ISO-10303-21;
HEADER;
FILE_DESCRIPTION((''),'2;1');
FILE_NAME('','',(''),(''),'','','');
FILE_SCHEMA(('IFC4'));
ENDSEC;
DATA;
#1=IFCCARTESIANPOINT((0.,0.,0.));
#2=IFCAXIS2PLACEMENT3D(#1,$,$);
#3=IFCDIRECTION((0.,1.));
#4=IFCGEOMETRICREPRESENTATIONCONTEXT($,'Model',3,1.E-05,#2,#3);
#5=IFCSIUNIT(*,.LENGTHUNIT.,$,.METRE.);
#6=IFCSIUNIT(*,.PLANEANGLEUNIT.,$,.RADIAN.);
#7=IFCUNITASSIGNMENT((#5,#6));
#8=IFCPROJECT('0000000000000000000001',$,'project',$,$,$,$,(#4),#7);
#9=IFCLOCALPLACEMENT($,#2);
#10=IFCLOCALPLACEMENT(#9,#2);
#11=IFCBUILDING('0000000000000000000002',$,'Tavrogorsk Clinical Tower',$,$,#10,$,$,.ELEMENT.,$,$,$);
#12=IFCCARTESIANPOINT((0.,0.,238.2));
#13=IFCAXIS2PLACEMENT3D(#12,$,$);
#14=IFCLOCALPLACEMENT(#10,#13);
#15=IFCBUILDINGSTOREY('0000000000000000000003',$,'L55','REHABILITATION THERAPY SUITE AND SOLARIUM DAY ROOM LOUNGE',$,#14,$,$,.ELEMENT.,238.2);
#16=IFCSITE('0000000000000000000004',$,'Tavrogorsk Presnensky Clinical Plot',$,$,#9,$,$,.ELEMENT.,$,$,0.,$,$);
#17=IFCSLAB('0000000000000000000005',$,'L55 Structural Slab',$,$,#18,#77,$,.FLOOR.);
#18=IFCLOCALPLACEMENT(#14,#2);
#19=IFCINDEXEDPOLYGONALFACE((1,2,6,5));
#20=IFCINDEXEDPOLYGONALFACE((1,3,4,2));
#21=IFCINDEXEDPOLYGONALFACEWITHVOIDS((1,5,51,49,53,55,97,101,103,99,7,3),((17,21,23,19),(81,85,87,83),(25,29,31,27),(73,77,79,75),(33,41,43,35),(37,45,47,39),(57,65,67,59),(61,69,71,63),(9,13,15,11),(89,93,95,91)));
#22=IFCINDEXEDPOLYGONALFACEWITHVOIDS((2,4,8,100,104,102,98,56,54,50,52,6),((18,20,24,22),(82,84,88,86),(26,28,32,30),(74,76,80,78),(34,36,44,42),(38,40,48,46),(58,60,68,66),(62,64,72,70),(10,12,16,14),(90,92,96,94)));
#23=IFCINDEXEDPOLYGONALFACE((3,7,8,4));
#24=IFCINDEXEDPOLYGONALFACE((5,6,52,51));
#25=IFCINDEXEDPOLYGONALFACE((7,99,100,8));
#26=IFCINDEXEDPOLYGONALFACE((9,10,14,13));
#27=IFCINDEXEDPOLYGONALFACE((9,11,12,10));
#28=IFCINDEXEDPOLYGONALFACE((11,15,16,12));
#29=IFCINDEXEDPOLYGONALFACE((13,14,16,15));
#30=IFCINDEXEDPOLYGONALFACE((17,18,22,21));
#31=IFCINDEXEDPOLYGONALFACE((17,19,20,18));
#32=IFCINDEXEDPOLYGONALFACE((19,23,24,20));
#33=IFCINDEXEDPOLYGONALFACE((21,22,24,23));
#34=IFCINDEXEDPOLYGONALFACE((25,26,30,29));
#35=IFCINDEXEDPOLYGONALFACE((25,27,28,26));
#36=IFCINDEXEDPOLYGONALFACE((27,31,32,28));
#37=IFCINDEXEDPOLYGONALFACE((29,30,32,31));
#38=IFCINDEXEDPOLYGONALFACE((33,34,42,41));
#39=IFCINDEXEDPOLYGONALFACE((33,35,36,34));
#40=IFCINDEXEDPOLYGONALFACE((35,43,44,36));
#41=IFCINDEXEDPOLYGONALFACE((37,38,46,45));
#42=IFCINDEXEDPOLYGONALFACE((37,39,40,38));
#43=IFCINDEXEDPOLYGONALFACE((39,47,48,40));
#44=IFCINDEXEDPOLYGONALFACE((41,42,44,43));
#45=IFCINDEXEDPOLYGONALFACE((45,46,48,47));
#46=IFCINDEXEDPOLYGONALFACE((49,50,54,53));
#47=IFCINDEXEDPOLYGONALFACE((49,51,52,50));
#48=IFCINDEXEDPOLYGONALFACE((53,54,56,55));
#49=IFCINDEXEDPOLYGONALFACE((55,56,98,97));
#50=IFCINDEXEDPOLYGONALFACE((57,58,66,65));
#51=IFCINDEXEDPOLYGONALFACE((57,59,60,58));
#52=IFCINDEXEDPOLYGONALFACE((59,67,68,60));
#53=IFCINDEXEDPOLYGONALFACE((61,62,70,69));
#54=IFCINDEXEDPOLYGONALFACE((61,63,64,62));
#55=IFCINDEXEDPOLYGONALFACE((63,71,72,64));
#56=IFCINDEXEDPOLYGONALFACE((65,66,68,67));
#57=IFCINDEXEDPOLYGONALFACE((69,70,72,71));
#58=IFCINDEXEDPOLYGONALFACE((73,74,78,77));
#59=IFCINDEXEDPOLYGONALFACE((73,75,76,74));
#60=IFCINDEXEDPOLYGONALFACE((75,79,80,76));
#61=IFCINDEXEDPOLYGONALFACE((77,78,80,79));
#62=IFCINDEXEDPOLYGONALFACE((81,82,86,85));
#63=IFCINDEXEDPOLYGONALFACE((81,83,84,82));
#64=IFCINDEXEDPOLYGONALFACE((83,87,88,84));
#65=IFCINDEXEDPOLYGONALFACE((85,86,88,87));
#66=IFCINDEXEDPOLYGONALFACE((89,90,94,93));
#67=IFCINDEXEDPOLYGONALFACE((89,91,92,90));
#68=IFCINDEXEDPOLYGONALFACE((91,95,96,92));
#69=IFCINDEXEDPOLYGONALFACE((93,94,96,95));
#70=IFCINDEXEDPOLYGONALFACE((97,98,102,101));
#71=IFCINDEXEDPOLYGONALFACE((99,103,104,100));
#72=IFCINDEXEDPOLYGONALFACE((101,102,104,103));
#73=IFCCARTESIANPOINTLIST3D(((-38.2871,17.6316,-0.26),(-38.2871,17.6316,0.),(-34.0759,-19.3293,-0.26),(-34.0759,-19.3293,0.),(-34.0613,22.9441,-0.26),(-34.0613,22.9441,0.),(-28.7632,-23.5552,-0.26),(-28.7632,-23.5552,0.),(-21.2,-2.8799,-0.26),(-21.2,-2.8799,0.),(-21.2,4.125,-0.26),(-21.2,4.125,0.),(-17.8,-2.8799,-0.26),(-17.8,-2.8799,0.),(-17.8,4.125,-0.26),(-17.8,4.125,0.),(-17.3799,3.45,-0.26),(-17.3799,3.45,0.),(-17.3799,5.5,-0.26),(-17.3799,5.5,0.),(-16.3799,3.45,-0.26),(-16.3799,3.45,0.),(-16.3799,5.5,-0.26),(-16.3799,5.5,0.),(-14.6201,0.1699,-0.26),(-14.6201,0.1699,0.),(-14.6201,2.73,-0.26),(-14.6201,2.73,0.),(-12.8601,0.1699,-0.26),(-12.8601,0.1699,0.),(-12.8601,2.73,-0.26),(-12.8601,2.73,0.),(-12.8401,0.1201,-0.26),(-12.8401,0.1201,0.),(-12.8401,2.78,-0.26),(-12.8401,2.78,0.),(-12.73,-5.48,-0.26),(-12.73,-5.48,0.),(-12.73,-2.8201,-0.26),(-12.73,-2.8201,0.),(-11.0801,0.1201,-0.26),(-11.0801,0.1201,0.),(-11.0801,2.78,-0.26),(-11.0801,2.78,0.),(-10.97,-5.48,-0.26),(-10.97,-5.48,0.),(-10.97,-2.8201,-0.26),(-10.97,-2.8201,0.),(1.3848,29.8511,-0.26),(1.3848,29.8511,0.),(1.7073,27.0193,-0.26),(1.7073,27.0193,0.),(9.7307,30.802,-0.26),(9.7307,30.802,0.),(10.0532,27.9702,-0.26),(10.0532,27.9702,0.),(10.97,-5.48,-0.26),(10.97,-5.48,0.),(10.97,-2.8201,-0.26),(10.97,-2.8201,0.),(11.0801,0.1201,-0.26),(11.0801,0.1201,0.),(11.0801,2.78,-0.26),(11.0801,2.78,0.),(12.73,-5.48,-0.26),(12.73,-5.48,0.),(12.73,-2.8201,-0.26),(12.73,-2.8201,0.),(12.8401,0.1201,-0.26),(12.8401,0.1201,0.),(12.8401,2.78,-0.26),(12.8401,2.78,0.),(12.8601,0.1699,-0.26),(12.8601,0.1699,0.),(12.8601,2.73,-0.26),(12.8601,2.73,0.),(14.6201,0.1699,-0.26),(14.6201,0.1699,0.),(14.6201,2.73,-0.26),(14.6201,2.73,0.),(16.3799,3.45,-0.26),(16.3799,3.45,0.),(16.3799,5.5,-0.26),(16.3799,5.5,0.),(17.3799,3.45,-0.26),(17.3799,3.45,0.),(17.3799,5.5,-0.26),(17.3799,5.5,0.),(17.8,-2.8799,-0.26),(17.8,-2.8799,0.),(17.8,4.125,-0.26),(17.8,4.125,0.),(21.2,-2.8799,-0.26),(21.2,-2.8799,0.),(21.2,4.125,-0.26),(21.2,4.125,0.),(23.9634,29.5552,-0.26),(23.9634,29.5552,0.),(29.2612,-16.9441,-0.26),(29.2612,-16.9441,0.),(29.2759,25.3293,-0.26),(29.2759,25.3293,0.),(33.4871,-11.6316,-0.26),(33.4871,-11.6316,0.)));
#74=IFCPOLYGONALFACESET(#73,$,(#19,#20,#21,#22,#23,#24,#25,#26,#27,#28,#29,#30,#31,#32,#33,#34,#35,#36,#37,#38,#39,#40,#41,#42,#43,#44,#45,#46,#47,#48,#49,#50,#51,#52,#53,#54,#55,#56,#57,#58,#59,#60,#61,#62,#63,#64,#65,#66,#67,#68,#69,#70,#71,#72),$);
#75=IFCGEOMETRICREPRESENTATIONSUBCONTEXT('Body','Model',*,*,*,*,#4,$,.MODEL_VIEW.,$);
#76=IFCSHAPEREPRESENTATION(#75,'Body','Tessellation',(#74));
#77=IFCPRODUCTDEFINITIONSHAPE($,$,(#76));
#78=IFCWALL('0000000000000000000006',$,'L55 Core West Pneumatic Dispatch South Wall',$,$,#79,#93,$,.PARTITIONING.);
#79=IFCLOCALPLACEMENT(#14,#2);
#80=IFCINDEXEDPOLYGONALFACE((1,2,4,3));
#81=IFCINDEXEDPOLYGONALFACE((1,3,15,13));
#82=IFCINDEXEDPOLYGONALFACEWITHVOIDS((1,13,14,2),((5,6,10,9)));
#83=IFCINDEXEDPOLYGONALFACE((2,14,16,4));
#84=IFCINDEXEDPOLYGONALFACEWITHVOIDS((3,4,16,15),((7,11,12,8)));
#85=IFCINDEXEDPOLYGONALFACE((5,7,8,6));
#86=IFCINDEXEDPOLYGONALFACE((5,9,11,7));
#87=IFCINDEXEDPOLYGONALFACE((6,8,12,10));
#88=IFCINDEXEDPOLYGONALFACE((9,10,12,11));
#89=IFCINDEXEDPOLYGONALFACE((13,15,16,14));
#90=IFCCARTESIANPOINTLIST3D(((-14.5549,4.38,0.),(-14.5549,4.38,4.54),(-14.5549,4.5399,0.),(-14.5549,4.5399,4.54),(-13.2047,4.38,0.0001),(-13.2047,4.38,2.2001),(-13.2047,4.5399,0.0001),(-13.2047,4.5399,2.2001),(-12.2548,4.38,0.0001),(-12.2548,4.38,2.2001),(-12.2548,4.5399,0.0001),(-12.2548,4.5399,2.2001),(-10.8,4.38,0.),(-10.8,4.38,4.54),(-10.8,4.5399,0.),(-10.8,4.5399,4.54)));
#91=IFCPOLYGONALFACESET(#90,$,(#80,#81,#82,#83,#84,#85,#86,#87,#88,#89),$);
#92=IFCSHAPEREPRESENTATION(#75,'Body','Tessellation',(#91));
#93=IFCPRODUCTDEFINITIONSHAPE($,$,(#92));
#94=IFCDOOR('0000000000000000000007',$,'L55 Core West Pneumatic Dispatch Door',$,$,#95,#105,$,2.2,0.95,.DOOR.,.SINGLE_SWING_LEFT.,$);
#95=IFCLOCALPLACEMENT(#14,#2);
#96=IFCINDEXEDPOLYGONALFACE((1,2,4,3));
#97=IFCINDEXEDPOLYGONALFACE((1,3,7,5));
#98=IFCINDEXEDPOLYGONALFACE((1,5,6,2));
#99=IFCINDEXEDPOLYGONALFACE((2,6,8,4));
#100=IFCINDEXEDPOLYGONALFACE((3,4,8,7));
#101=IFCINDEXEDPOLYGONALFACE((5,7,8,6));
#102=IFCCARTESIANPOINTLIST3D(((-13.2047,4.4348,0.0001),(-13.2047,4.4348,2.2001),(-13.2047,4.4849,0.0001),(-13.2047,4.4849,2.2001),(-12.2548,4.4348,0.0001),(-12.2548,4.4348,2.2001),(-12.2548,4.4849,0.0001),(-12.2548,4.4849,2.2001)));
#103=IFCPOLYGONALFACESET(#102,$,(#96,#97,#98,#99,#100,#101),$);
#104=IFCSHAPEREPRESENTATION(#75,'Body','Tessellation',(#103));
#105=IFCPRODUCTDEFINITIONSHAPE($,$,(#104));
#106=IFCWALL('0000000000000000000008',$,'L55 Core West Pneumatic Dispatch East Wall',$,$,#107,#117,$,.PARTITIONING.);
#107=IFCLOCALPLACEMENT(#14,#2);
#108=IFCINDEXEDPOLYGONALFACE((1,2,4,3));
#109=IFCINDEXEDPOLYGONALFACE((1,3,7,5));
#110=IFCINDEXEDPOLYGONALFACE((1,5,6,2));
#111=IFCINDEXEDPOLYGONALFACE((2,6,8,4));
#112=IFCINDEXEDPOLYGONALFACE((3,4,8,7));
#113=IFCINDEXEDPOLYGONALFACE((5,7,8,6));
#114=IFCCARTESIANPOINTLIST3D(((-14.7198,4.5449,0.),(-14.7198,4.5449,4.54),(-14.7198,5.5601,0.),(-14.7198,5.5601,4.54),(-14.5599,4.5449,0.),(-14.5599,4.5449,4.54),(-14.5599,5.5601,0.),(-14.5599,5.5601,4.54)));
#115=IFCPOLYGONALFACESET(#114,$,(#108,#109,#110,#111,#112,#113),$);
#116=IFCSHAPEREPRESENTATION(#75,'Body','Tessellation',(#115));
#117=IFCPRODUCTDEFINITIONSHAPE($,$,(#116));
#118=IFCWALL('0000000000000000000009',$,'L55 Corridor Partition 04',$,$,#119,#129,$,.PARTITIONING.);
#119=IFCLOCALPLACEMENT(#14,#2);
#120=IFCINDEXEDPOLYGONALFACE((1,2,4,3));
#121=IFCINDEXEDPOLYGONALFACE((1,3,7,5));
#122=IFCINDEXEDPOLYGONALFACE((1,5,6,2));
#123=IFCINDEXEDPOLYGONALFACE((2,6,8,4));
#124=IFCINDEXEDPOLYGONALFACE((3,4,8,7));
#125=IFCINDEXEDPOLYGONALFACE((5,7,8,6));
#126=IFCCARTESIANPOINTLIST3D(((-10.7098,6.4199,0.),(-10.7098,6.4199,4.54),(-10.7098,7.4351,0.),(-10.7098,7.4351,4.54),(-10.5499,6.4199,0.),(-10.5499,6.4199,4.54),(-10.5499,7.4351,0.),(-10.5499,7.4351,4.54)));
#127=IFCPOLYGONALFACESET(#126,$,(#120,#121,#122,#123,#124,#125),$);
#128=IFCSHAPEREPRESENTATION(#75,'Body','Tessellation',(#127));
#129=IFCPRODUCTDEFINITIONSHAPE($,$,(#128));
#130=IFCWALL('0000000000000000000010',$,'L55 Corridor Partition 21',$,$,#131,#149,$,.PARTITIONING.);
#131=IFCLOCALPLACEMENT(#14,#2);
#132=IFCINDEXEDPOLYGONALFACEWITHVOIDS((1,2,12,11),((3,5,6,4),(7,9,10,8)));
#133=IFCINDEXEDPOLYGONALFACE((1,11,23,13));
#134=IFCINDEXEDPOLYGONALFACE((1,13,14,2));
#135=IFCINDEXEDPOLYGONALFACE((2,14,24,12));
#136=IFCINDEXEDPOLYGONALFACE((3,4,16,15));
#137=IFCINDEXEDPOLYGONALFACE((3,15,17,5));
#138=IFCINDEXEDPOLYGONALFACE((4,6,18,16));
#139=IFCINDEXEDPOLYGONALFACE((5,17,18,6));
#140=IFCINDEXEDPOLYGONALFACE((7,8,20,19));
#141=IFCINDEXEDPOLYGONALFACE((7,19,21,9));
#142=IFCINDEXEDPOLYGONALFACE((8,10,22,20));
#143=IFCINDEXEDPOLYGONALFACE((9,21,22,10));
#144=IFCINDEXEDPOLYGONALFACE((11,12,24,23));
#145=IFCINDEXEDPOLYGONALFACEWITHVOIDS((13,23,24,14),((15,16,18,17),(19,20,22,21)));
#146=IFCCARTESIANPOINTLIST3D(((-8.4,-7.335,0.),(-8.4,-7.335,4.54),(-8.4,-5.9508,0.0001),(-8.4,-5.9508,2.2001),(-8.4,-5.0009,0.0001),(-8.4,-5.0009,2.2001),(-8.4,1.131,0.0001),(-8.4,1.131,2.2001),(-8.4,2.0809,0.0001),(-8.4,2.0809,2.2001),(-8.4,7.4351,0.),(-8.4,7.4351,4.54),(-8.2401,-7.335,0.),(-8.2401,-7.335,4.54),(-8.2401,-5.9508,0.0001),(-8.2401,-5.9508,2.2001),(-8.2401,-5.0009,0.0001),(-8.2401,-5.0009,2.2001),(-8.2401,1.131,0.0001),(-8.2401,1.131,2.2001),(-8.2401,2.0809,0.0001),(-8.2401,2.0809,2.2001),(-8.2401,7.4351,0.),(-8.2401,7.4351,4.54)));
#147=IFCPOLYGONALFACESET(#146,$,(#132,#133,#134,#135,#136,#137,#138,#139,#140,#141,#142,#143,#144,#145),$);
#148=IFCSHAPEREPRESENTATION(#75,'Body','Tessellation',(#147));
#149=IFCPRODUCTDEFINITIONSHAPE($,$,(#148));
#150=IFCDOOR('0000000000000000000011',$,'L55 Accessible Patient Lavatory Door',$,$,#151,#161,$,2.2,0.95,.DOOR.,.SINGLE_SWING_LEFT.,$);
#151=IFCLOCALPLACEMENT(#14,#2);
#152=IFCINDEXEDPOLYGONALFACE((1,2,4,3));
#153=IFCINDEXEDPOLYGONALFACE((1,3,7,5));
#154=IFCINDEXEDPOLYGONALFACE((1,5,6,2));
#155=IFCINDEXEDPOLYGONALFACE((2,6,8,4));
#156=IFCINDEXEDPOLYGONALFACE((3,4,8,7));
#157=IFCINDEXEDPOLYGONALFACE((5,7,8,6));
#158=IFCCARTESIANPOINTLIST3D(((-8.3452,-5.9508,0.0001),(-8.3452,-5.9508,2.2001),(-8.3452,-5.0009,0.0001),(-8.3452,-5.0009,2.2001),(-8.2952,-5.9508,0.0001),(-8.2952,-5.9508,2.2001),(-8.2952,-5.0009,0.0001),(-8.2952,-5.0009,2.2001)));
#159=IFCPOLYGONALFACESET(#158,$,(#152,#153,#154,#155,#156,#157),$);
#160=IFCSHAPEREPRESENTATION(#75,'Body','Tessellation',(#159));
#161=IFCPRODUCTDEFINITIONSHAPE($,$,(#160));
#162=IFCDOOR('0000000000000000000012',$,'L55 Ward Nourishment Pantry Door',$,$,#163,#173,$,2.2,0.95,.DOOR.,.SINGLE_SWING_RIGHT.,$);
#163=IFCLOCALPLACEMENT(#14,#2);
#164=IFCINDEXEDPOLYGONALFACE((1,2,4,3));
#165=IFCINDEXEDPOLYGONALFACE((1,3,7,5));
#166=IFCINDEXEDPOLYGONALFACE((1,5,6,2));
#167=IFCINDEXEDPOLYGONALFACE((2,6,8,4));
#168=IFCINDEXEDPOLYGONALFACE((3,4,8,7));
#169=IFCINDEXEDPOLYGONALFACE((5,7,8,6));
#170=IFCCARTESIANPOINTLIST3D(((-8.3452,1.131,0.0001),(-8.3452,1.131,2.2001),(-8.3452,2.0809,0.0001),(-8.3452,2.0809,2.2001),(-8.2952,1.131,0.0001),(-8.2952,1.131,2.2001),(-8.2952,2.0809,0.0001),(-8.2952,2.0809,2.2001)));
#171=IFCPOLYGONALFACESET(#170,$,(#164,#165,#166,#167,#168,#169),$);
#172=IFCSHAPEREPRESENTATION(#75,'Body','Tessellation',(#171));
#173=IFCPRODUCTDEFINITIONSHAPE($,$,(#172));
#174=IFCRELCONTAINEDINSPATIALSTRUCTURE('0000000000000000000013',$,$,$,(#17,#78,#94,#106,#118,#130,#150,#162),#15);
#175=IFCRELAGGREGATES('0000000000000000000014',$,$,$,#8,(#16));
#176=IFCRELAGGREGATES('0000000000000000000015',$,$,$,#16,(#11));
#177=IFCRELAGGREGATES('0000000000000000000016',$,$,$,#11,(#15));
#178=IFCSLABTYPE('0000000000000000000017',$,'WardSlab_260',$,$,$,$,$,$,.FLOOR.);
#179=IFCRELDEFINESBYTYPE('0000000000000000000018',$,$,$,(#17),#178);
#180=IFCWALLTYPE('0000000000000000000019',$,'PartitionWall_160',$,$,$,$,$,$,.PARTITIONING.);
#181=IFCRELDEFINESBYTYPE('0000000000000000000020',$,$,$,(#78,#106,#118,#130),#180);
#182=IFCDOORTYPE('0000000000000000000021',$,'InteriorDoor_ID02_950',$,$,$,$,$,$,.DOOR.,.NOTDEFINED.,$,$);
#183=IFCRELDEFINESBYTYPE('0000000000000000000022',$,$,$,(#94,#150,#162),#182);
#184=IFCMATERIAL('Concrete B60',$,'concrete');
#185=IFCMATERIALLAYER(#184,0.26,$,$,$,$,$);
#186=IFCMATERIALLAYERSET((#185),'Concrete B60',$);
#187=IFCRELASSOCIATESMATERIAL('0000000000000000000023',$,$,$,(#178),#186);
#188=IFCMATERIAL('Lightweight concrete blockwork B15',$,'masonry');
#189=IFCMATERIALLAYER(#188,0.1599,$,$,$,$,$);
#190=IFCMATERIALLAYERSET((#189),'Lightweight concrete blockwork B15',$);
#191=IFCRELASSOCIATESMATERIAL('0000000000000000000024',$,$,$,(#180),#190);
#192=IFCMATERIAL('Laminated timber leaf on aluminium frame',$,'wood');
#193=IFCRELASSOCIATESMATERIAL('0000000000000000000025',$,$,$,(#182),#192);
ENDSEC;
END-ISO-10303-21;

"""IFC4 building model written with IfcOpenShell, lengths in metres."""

from ifc_helpers import new_model, si_unit, direction, frame, frame_2d, origin, place, context, subcontext, project, spatial, polyline, rectangle, outline, extrude, material, layer, layer_set, type_object, element, fill, save


model = new_model("IFC4")

# Units and contexts
model_context = context("Model", 3, precision=1e-05, world=origin(), true_north=direction((0.0, 1.0)))
body_context = subcontext(model_context, "Body", "Model", "MODEL_VIEW")
ifc_project = project(units=[si_unit("LENGTHUNIT", "METRE"), si_unit("PLANEANGLEUNIT", "RADIAN")], contexts=[model_context])

# Site, building, storey
site_placement = place(None, origin())
site = spatial("IfcSite", under=ifc_project, at=site_placement, Name="Tavrogorsk Presnensky Clinical Plot", CompositionType="ELEMENT", RefElevation=0.0)
building_placement = place(site_placement, origin())
building = spatial("IfcBuilding", under=site, at=building_placement, Name="Tavrogorsk Clinical Tower", CompositionType="ELEMENT")
storey_placement = place(building_placement, frame((0.0, 0.0, 238.2)))
storey = spatial("IfcBuildingStorey", under=building, at=storey_placement, Name="L55", Description="REHABILITATION THERAPY SUITE AND SOLARIUM DAY ROOM LOUNGE", CompositionType="ELEMENT", Elevation=238.2)

# Slab
ifc_material_1 = material(Name="Concrete B60", Category="concrete")
ifc_layer_1 = layer(ifc_material_1, 0.26)
ifc_layer_set_1 = layer_set([ifc_layer_1], Name="Concrete B60")
slab_type_1 = type_object("IfcSlabType", Name="WardSlab_260", PredefinedType="FLOOR", material=ifc_layer_set_1)
slab_1_placement = place(storey_placement, frame((0.0, 0.0, -0.26)))
element("IfcSlab", 1, at=slab_1_placement, inside=storey, type_object=slab_type_1, Name="L55 Structural Slab", PredefinedType="FLOOR", context=body_context, shape_type="SweptSolid", body=[
    extrude(outline(polyline([(23.9634, 29.5552), (29.2759, 25.3293), (33.4871, -11.6316), (29.2612, -16.9441), (-28.7632, -23.5552), (-34.0759, -19.3293), (-38.2871, 17.6316), (-34.0613, 22.9441), (1.7073, 27.0193), (1.3848, 29.8511), (9.7307, 30.802), (10.0532, 27.9702), (23.9634, 29.5552)]), holes=[polyline([(-17.8, -2.8799), (-17.8, 4.125), (-21.2, 4.125), (-21.2, -2.8799), (-17.8, -2.8799)]), polyline([(21.2, -2.8799), (21.2, 4.125), (17.8, 4.125), (17.8, -2.8799), (21.2, -2.8799)]), polyline([(-14.6201, 0.1699), (-12.8601, 0.1699), (-12.8601, 2.73), (-14.6201, 2.73), (-14.6201, 0.1699)]), polyline([(-12.73, -5.48), (-10.97, -5.48), (-10.97, -2.8201), (-12.73, -2.8201), (-12.73, -5.48)]), polyline([(-12.8401, 0.1201), (-11.0801, 0.1201), (-11.0801, 2.78), (-12.8401, 2.78), (-12.8401, 0.1201)]), polyline([(12.8601, 0.1699), (14.6201, 0.1699), (14.6201, 2.73), (12.8601, 2.73), (12.8601, 0.1699)]), polyline([(10.97, -5.48), (12.73, -5.48), (12.73, -2.8201), (10.97, -2.8201), (10.97, -5.48)]), polyline([(11.0801, 0.1201), (12.8401, 0.1201), (12.8401, 2.78), (11.0801, 2.78), (11.0801, 0.1201)]), polyline([(-17.3799, 3.45), (-16.3799, 3.45), (-16.3799, 5.5), (-17.3799, 5.5), (-17.3799, 3.45)]), polyline([(16.3799, 3.45), (17.3799, 3.45), (17.3799, 5.5), (16.3799, 5.5), (16.3799, 3.45)])]), origin(), (0.0, 0.0, 1.0), 0.26),
])

# Wall, opening, door
ifc_material_2 = material(Name="Lightweight concrete blockwork B15", Category="masonry")
ifc_layer_2 = layer(ifc_material_2, 0.1599)
ifc_layer_set_2 = layer_set([ifc_layer_2], Name="Lightweight concrete blockwork B15")
wall_type_1 = type_object("IfcWallType", Name="PartitionWall_160", PredefinedType="PARTITIONING", material=ifc_layer_set_2)
wall_1_placement = place(storey_placement, frame((-14.5549, 4.46, 0.0), z_axis=(0.0, 0.0, 1.0), x_axis=(1.0, 0.0, 0.0)))
wall_1 = element("IfcWall", 2, at=wall_1_placement, inside=storey, type_object=wall_type_1, Name="L55 Core West Pneumatic Dispatch South Wall", PredefinedType="PARTITIONING", context=body_context, shape_type="SweptSolid", body=[
    extrude(rectangle(XDim=3.7549, YDim=0.1599, at=frame_2d((1.8774, 0.0))), origin(), (0.0, 0.0, 1.0), 4.54),
])
opening_1_placement = place(wall_1_placement, frame((1.3501, 0.0, 0.0)))
opening_1 = element("IfcOpeningElement", 3, at=opening_1_placement, cuts=wall_1, PredefinedType="OPENING", context=body_context, shape_type="SweptSolid", body=[
    extrude(rectangle(XDim=0.95, YDim=2.2, at=frame_2d((0.4751, 1.1001))), frame((0.0, 0.0898, 0.0), z_axis=(0.0, -1.0, 0.0), x_axis=(1.0, 0.0, 0.0)), (0.0, 0.0, 1.0), 0.1799),
])
ifc_material_3 = material(Name="Laminated timber leaf on aluminium frame", Category="wood")
door_type_1 = type_object("IfcDoorType", Name="InteriorDoor_ID02_950", OperationType="NOTDEFINED", PredefinedType="DOOR", material=ifc_material_3)
door_1_placement = place(opening_1_placement, origin())
door_1 = element("IfcDoor", 4, at=door_1_placement, inside=storey, type_object=door_type_1, Name="L55 Core West Pneumatic Dispatch Door", OperationType="SINGLE_SWING_LEFT", OverallHeight=2.2, OverallWidth=0.95, PredefinedType="DOOR", context=body_context, shape_type="SweptSolid", body=[
    extrude(rectangle(XDim=0.95, YDim=2.2, at=frame_2d((0.4751, 1.1001))), frame((0.0, 0.0249, 0.0), z_axis=(0.0, -1.0, 0.0), x_axis=(1.0, 0.0, 0.0)), (0.0, 0.0, 1.0), 0.05),
])
fill(opening_1, door_1)

# Walls
for number, where, z_axis, x_axis, name in (
    (5, (-14.6399, 4.5449, 0.0), (0.0, 0.0, 1.0), (0.0, 1.0, 0.0), "L55 Core West Pneumatic Dispatch East Wall"),
    (6, (-10.6299, 6.4199, 0.0), (0.0, 0.0, 1.0), (0.0, 1.0, 0.0), "L55 Corridor Partition 04"),
):
    element("IfcWall", number, at=place(storey_placement, frame(where, z_axis=z_axis, x_axis=x_axis)), inside=storey, type_object=wall_type_1, Name=name, PredefinedType="PARTITIONING", context=body_context, shape_type="SweptSolid", body=[
        extrude(rectangle(XDim=1.0151, YDim=0.1599, at=frame_2d((0.5076, 0.0))), origin(), (0.0, 0.0, 1.0), 4.54),
    ])

# Wall, openings, doors
wall_2_placement = place(storey_placement, frame((-8.3201, 7.4351, 0.0), z_axis=(0.0, 0.0, 1.0), x_axis=(0.0, -1.0, 0.0)))
wall_2 = element("IfcWall", 7, at=wall_2_placement, inside=storey, type_object=wall_type_1, Name="L55 Corridor Partition 21", PredefinedType="PARTITIONING", context=body_context, shape_type="SweptSolid", body=[
    extrude(rectangle(XDim=14.77, YDim=0.1599, at=frame_2d((7.385, 0.0))), origin(), (0.0, 0.0, 1.0), 4.54),
])
opening_2_placement = place(wall_2_placement, frame((12.4358, 0.0, 0.0)))
opening_2 = element("IfcOpeningElement", 8, at=opening_2_placement, cuts=wall_2, PredefinedType="OPENING", context=body_context, shape_type="SweptSolid", body=[
    extrude(rectangle(XDim=0.95, YDim=2.2, at=frame_2d((0.4751, 1.1001))), frame((0.0, 0.0898, 0.0), z_axis=(0.0, -1.0, 0.0), x_axis=(1.0, 0.0, 0.0)), (0.0, 0.0, 1.0), 0.1799),
])
opening_3_placement = place(wall_2_placement, frame((5.354, 0.0, 0.0)))
opening_3 = element("IfcOpeningElement", 9, at=opening_3_placement, cuts=wall_2, PredefinedType="OPENING", context=body_context, shape_type="SweptSolid", body=[
    extrude(rectangle(XDim=0.95, YDim=2.2, at=frame_2d((0.4751, 1.1001))), frame((0.0, 0.0898, 0.0), z_axis=(0.0, -1.0, 0.0), x_axis=(1.0, 0.0, 0.0)), (0.0, 0.0, 1.0), 0.1799),
])
door_2_placement = place(opening_2_placement, origin())
door_2 = element("IfcDoor", 10, at=door_2_placement, inside=storey, type_object=door_type_1, Name="L55 Accessible Patient Lavatory Door", OperationType="SINGLE_SWING_LEFT", OverallHeight=2.2, OverallWidth=0.95, PredefinedType="DOOR", context=body_context, shape_type="SweptSolid", body=[
    extrude(rectangle(XDim=0.95, YDim=2.2, at=frame_2d((0.4751, 1.1001))), frame((0.0, 0.0249, 0.0), z_axis=(0.0, -1.0, 0.0), x_axis=(1.0, 0.0, 0.0)), (0.0, 0.0, 1.0), 0.05),
])
fill(opening_2, door_2)
door_3_placement = place(opening_3_placement, origin())
door_3 = element("IfcDoor", 11, at=door_3_placement, inside=storey, type_object=door_type_1, Name="L55 Ward Nourishment Pantry Door", OperationType="SINGLE_SWING_RIGHT", OverallHeight=2.2, OverallWidth=0.95, PredefinedType="DOOR", context=body_context, shape_type="SweptSolid", body=[
    extrude(rectangle(XDim=0.95, YDim=2.2, at=frame_2d((0.4751, 1.1001))), frame((0.0, 0.0249, 0.0), z_axis=(0.0, -1.0, 0.0), x_axis=(1.0, 0.0, 0.0)), (0.0, 0.0, 1.0), 0.05),
])
fill(opening_3, door_3)

save(model, "model.ifc")
